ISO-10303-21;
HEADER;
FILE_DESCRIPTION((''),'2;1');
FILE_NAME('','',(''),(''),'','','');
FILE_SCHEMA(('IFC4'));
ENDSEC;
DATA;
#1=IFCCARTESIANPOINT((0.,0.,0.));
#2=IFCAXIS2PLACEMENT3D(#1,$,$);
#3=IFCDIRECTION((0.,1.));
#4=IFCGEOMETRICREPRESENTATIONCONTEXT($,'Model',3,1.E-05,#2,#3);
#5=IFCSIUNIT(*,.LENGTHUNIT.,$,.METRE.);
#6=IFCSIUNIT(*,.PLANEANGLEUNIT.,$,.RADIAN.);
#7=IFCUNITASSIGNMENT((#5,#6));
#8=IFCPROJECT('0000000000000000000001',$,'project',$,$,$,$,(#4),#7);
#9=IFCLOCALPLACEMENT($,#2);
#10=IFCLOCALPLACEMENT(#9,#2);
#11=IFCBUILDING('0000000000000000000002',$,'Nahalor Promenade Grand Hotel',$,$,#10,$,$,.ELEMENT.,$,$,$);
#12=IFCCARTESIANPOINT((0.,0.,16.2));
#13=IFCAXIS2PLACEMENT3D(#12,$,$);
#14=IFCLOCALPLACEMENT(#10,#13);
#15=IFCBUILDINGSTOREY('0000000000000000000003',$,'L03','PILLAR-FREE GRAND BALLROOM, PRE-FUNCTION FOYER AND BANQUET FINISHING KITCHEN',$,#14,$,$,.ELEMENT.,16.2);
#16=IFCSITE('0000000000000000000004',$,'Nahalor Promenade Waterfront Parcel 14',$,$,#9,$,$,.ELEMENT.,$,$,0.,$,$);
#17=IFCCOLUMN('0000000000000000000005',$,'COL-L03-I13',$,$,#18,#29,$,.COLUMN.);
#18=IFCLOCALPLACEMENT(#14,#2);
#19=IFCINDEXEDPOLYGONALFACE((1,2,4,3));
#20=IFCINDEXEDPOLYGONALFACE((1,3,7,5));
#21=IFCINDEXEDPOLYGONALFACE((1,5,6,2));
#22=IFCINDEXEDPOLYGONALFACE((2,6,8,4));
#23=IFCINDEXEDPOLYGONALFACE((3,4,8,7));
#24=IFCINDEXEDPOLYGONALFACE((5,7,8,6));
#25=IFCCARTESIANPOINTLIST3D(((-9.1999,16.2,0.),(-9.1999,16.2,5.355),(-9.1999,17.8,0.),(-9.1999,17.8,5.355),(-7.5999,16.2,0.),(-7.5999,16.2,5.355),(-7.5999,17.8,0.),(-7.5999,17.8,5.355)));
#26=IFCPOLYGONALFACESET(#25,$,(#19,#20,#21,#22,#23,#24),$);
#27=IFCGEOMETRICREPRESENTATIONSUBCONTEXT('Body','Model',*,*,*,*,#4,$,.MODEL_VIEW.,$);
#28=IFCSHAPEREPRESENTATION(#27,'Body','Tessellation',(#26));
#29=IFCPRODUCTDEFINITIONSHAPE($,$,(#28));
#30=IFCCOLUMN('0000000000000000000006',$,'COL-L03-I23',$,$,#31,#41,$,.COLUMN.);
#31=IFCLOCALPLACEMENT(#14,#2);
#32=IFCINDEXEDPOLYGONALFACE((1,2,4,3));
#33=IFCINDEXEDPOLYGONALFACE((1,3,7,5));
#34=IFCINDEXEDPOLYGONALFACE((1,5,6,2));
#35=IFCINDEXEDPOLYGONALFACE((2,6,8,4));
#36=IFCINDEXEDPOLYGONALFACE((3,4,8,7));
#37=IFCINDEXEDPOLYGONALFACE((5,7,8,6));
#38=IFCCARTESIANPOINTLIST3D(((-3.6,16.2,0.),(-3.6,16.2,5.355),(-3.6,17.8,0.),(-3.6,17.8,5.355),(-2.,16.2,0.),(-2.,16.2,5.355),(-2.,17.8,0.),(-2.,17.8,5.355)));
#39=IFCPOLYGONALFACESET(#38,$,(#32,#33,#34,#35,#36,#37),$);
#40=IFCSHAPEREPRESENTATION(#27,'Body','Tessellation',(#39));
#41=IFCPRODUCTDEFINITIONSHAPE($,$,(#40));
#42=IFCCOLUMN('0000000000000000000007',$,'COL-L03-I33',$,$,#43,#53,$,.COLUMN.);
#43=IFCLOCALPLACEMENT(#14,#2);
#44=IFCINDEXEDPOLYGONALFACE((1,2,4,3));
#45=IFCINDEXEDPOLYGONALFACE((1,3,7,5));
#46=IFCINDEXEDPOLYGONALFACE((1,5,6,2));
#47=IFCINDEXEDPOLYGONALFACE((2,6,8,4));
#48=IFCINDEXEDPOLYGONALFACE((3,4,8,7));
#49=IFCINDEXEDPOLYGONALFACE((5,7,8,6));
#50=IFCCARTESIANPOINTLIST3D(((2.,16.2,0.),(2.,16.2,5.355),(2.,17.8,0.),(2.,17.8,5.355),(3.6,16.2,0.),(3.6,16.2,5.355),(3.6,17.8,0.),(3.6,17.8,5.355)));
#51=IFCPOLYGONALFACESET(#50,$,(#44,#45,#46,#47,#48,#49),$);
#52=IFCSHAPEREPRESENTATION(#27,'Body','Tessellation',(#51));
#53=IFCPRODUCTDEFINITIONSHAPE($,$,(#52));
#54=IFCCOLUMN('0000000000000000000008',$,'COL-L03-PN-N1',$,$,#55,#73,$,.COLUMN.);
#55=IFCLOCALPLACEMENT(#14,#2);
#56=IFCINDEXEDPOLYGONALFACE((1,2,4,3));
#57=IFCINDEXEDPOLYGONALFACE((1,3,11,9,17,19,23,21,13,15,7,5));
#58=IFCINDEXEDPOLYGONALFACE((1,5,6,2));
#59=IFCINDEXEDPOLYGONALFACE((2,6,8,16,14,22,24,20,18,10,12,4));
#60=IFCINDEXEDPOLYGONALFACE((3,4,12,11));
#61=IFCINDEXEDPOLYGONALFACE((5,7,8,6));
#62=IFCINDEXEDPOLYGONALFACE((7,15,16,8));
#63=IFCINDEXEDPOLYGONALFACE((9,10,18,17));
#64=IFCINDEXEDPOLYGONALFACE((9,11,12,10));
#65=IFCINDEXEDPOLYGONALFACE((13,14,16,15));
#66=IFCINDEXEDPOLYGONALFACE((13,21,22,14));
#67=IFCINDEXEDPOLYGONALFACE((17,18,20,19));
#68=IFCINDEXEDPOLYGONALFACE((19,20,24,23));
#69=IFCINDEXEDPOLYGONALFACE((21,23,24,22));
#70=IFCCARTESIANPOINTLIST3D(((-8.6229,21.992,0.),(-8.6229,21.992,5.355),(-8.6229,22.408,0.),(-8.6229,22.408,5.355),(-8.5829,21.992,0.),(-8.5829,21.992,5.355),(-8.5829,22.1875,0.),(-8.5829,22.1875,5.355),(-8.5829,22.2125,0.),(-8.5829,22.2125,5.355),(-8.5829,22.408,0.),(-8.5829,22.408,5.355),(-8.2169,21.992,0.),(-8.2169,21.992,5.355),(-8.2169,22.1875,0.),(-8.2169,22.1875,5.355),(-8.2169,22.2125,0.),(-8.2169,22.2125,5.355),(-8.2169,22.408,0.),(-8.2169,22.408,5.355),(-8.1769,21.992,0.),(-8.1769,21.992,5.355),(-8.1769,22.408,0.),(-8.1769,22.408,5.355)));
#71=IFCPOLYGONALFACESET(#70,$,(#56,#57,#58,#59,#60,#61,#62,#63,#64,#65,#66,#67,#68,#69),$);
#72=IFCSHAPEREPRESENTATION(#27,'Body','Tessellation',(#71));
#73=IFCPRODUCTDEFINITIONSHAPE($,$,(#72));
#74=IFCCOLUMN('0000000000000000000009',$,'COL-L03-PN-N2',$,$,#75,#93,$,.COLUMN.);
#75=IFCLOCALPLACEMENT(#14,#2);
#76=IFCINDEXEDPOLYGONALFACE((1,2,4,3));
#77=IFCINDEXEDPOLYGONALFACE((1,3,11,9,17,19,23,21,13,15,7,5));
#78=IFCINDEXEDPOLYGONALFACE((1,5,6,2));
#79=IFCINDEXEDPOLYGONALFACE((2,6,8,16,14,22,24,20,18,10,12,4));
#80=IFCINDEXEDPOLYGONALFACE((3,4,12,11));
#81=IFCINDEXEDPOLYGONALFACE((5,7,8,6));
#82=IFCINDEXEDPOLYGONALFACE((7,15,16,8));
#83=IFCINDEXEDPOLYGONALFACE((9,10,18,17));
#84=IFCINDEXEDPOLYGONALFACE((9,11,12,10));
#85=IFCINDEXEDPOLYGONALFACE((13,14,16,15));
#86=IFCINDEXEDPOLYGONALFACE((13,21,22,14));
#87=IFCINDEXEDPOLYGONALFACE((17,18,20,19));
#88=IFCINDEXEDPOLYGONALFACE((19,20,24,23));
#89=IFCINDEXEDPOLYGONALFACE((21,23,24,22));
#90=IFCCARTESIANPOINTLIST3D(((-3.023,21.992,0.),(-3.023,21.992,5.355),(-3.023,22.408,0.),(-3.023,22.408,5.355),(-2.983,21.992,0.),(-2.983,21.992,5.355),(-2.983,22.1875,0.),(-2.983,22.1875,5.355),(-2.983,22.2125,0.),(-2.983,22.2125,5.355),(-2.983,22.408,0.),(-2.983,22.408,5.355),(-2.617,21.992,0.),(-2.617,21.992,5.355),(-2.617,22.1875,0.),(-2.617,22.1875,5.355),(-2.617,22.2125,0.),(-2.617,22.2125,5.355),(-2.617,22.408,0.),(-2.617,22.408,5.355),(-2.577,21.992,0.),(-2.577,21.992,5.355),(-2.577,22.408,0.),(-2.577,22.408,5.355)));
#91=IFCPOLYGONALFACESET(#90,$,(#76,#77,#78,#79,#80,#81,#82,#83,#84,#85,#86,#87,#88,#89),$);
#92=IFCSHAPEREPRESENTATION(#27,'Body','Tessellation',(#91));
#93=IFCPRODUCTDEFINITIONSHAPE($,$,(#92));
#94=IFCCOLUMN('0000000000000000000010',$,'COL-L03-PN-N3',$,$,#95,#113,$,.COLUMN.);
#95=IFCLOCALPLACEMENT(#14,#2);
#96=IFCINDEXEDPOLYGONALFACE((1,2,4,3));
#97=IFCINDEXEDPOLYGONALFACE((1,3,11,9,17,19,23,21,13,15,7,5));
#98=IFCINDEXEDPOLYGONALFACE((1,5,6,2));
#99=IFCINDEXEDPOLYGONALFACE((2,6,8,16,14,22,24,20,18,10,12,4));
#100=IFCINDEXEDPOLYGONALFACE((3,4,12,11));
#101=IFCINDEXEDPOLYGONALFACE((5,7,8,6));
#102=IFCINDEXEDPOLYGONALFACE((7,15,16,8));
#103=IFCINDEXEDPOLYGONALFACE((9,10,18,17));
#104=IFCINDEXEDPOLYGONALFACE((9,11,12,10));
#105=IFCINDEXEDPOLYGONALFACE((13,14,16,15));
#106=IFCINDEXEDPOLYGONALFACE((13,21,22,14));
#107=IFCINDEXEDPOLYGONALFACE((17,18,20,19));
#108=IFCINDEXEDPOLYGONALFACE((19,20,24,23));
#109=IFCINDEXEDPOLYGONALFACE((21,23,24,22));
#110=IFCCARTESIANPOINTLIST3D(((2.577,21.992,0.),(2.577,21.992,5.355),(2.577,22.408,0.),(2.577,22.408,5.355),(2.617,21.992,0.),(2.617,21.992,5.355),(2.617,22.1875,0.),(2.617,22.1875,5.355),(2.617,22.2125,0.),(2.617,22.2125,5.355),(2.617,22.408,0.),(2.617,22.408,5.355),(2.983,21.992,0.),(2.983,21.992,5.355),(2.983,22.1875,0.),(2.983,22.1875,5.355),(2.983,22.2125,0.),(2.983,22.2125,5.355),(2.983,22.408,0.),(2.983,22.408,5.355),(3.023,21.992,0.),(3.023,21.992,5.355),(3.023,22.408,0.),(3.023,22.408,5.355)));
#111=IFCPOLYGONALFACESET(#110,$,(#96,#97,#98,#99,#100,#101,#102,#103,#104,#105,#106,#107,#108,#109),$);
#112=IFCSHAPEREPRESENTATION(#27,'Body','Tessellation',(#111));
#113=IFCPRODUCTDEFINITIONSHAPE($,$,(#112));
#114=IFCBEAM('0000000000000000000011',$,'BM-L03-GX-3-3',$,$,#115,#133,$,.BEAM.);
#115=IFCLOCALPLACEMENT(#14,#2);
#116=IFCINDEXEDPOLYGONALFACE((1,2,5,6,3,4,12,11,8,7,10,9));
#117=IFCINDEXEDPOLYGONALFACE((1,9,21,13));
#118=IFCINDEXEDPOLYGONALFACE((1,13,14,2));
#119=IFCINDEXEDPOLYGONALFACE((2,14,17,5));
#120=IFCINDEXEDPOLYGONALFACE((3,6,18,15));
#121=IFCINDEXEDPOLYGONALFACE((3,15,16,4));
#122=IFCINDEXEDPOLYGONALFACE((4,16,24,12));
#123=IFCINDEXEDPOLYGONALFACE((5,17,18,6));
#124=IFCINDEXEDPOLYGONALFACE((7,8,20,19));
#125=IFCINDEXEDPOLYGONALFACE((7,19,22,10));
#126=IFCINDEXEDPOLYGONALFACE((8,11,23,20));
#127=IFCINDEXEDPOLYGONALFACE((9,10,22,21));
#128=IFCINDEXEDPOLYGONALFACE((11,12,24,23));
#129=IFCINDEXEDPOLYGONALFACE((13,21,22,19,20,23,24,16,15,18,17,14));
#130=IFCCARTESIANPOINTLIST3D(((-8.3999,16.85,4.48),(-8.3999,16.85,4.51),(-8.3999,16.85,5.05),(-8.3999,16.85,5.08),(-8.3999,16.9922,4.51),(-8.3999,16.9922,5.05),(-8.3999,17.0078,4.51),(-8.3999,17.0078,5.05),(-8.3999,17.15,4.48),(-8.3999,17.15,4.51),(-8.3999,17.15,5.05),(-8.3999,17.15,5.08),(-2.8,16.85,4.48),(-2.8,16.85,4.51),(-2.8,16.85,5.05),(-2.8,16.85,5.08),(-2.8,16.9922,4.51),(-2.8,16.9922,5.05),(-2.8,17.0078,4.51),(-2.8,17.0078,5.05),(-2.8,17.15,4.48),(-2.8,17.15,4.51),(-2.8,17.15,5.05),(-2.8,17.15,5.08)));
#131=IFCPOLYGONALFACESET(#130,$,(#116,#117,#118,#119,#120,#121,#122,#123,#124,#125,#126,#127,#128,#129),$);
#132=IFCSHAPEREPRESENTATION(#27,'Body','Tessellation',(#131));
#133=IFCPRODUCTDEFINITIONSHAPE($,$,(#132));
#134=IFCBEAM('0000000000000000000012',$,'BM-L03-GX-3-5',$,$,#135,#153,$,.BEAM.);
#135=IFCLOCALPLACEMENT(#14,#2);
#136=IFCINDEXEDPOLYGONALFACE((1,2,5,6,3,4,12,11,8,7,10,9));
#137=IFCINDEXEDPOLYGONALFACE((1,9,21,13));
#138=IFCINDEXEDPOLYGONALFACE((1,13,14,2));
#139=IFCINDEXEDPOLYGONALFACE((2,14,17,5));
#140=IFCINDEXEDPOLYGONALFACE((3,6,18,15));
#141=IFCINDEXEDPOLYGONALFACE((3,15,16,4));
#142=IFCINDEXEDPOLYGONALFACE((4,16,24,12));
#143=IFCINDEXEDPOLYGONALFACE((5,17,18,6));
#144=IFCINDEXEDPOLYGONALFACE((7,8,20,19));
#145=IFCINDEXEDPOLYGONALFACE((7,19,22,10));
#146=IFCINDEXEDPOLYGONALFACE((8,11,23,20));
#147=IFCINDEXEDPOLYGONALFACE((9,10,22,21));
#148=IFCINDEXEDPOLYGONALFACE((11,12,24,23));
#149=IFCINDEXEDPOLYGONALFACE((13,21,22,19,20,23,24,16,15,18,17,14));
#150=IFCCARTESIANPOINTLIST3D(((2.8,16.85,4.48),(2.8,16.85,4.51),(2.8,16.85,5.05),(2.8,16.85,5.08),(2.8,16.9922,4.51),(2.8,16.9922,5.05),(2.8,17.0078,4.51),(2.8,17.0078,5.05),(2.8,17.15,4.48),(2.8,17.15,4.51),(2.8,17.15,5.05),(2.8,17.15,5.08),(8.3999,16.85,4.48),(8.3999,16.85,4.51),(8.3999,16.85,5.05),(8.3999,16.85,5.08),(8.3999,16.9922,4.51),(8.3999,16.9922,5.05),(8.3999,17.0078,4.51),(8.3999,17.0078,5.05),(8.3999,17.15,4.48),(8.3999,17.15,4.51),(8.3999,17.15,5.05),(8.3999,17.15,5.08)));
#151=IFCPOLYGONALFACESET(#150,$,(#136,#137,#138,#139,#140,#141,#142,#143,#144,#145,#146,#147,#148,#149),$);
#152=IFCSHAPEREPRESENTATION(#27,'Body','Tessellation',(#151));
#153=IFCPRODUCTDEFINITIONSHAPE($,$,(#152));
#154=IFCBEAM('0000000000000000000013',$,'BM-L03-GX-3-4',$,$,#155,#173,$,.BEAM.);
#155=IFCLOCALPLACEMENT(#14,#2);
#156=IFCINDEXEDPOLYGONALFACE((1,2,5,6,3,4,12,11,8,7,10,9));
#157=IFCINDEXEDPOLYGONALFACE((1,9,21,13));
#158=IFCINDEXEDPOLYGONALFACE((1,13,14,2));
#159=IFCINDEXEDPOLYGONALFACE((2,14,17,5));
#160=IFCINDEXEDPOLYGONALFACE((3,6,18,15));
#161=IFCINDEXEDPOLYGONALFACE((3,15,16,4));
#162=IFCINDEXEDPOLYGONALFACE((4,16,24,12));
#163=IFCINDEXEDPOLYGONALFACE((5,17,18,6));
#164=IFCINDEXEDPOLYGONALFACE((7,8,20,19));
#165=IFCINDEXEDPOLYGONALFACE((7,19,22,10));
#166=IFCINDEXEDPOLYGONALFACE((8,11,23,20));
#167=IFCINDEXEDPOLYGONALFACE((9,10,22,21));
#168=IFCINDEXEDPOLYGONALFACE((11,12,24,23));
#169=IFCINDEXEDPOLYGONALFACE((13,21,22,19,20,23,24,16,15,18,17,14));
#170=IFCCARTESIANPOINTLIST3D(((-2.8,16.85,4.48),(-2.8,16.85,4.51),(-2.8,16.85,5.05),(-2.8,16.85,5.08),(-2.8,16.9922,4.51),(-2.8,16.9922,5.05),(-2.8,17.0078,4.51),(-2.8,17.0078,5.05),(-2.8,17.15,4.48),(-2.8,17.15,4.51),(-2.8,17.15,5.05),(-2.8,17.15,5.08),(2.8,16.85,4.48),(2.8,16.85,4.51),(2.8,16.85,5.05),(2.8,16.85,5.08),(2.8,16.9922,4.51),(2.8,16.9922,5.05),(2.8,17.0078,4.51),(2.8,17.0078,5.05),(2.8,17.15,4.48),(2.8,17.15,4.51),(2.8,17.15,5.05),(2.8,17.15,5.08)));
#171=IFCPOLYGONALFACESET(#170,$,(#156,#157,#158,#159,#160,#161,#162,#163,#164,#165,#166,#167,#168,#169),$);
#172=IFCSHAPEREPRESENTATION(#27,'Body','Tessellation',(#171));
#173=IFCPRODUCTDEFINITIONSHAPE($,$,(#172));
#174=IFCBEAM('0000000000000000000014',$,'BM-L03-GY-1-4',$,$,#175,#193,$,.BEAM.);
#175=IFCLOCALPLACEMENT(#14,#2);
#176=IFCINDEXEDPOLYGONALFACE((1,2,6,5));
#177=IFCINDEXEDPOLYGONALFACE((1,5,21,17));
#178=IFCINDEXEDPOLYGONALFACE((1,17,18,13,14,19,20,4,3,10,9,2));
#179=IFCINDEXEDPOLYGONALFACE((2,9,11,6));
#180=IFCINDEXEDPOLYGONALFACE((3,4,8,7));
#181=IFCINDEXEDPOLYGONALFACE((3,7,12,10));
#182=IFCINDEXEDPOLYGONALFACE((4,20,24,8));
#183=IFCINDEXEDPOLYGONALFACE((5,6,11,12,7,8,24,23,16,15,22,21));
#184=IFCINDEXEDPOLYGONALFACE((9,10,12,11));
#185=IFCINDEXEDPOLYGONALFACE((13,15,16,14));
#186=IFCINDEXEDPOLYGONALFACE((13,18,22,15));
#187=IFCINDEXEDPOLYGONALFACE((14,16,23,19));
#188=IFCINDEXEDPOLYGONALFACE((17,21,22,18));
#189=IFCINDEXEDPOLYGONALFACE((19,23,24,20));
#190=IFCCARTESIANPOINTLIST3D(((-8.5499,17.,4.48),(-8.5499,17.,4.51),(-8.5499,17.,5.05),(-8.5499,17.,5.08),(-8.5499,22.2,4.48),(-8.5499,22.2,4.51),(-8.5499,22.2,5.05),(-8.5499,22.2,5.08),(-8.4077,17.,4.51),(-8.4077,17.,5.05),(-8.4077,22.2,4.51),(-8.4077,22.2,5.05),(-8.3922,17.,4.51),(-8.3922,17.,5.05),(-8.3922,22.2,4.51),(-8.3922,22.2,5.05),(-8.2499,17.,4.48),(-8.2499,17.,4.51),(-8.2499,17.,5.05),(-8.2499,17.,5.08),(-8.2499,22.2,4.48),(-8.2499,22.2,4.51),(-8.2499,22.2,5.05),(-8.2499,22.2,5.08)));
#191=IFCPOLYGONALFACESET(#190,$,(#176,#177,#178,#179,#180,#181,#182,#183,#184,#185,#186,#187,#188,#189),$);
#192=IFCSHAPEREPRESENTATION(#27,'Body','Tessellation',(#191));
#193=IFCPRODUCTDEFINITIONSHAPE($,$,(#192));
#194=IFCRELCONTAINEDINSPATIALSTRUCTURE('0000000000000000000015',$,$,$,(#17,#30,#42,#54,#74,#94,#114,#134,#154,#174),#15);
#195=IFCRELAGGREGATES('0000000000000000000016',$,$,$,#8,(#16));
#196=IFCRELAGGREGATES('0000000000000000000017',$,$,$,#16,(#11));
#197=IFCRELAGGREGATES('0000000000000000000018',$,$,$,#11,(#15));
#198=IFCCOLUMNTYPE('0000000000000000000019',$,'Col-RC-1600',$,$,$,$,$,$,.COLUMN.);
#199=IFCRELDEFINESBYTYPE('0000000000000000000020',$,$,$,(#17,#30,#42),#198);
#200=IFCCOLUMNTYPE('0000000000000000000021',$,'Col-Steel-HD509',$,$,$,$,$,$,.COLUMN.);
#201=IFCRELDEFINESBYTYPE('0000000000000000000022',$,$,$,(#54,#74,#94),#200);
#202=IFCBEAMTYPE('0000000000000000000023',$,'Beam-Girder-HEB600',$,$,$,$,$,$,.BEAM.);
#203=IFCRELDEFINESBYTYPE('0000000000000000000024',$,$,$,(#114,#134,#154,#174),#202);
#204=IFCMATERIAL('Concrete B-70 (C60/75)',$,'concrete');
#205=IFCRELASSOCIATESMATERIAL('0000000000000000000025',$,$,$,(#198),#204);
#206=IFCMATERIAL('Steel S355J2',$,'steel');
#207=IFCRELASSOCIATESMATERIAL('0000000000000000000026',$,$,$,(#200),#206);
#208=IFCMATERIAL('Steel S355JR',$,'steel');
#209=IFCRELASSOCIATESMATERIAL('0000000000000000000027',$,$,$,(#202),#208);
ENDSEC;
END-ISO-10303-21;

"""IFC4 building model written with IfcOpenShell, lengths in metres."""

from ifc_helpers import new_model, si_unit, direction, frame, origin, origin_2d, place, context, subcontext, project, spatial, rectangle, i_section, extrude, source, transform, mapped, material, material_profile, profile_set, type_object, element, save


model = new_model("IFC4")

# Units and contexts
model_context = context("Model", 3, precision=1e-05, world=origin(), true_north=direction((0.0, 1.0)))
body_context = subcontext(model_context, "Body", "Model", "MODEL_VIEW")
ifc_project = project(units=[si_unit("LENGTHUNIT", "METRE"), si_unit("PLANEANGLEUNIT", "RADIAN")], contexts=[model_context])

# Site, building, storey
site_placement = place(None, origin())
site = spatial("IfcSite", under=ifc_project, at=site_placement, Name="Nahalor Promenade Waterfront Parcel 14", CompositionType="ELEMENT", RefElevation=0.0)
building_placement = place(site_placement, origin())
building = spatial("IfcBuilding", under=site, at=building_placement, Name="Nahalor Promenade Grand Hotel", CompositionType="ELEMENT")
storey_placement = place(building_placement, frame((0.0, 0.0, 16.2)))
storey = spatial("IfcBuildingStorey", under=building, at=storey_placement, Name="L03", Description="PILLAR-FREE GRAND BALLROOM, PRE-FUNCTION FOYER AND BANQUET FINISHING KITCHEN", CompositionType="ELEMENT", Elevation=16.2)

# Columns
ifc_material_1 = material(Name="Concrete B-70 (C60/75)", Category="concrete")
ifc_material_profile_1 = material_profile(ifc_material_1, rectangle(XDim=1.6, YDim=1.6, at=origin_2d()), Name="RC 1600x1600")
ifc_profile_set_1 = profile_set([ifc_material_profile_1], Name="Concrete B-70 (C60/75)")
column_type_1 = type_object("IfcColumnType", Name="Col-RC-1600", PredefinedType="COLUMN", material=ifc_profile_set_1)
shared_shape_1 = source(origin(), body_context, "Body", "SweptSolid", [
    extrude(rectangle(XDim=1.6, YDim=1.6, at=origin_2d()), origin(), (0.0, 0.0, 1.0), 5.355),
])
for number, where, z_axis, x_axis, name in (
    (1, (-8.3999, 17.0, 0.0), (0.0, 0.0, 1.0), (1.0, 0.0, 0.0), "COL-L03-I13"),
    (2, (-2.8, 17.0, 0.0), (0.0, 0.0, 1.0), (1.0, 0.0, 0.0), "COL-L03-I23"),
    (3, (2.8, 17.0, 0.0), (0.0, 0.0, 1.0), (1.0, 0.0, 0.0), "COL-L03-I33"),
):
    element("IfcColumn", number, at=place(storey_placement, frame(where, z_axis=z_axis, x_axis=x_axis)), inside=storey, type_object=column_type_1, Name=name, PredefinedType="COLUMN", context=body_context, shape_type="MappedRepresentation", body=[
        mapped(shared_shape_1, transform((0.0, 0.0, 0.0), scale=1.0)),
    ])
ifc_material_2 = material(Name="Steel S355J2", Category="steel")
ifc_material_profile_2 = material_profile(ifc_material_2, i_section(OverallWidth=0.416, OverallDepth=0.446, WebThickness=0.025, FlangeThickness=0.04, at=origin_2d()), Name="HD 400x509")
ifc_profile_set_2 = profile_set([ifc_material_profile_2], Name="Steel S355J2")
column_type_2 = type_object("IfcColumnType", Name="Col-Steel-HD509", PredefinedType="COLUMN", material=ifc_profile_set_2)
shared_shape_2 = source(origin(), body_context, "Body", "SweptSolid", [
    extrude(i_section(OverallWidth=0.416, OverallDepth=0.446, WebThickness=0.025, FlangeThickness=0.04, at=origin_2d()), origin(), (0.0, 0.0, 1.0), 5.355),
])
for number, where, z_axis, x_axis, name in (
    (4, (-8.3999, 22.2, 0.0), (0.0, 0.0, 1.0), (0.0, 1.0, 0.0), "COL-L03-PN-N1"),
    (5, (-2.8, 22.2, 0.0), (0.0, 0.0, 1.0), (0.0, 1.0, 0.0), "COL-L03-PN-N2"),
    (6, (2.8, 22.2, 0.0), (0.0, 0.0, 1.0), (0.0, 1.0, 0.0), "COL-L03-PN-N3"),
):
    element("IfcColumn", number, at=place(storey_placement, frame(where, z_axis=z_axis, x_axis=x_axis)), inside=storey, type_object=column_type_2, Name=name, PredefinedType="COLUMN", context=body_context, shape_type="MappedRepresentation", body=[
        mapped(shared_shape_2, transform((0.0, 0.0, 0.0), scale=1.0)),
    ])

# Beams
ifc_material_3 = material(Name="Steel S355JR", Category="steel")
ifc_material_profile_3 = material_profile(ifc_material_3, i_section(OverallWidth=0.3, OverallDepth=0.6, WebThickness=0.0155, FlangeThickness=0.03, at=origin_2d()), Name="HEB 600")
ifc_profile_set_3 = profile_set([ifc_material_profile_3], Name="Steel S355JR")
beam_type_1 = type_object("IfcBeamType", Name="Beam-Girder-HEB600", PredefinedType="BEAM", material=ifc_profile_set_3)
shared_shape_3 = source(origin(), body_context, "Body", "SweptSolid", [
    extrude(i_section(OverallWidth=0.3, OverallDepth=0.6, WebThickness=0.0155, FlangeThickness=0.03, at=origin_2d()), origin(), (0.0, 0.0, 1.0), 5.5999),
])
for number, where, z_axis, x_axis, name in (
    (7, (-8.3999, 17.0, 4.78), (1.0, 0.0, 0.0), (0.0, 1.0, 0.0), "BM-L03-GX-3-3"),
    (8, (2.8, 17.0, 4.78), (1.0, 0.0, 0.0), (0.0, 1.0, 0.0), "BM-L03-GX-3-5"),
):
    element("IfcBeam", number, at=place(storey_placement, frame(where, z_axis=z_axis, x_axis=x_axis)), inside=storey, type_object=beam_type_1, Name=name, PredefinedType="BEAM", context=body_context, shape_type="MappedRepresentation", body=[
        mapped(shared_shape_3, transform((0.0, 0.0, 0.0), scale=1.0)),
    ])
shared_shape_4 = source(origin(), body_context, "Body", "SweptSolid", [
    extrude(i_section(OverallWidth=0.3, OverallDepth=0.6, WebThickness=0.0155, FlangeThickness=0.03, at=origin_2d()), origin(), (0.0, 0.0, 1.0), 5.6001),
])
beam_1_placement = place(storey_placement, frame((-2.8, 17.0, 4.78), z_axis=(1.0, 0.0, 0.0), x_axis=(0.0, 1.0, 0.0)))
element("IfcBeam", 9, at=beam_1_placement, inside=storey, type_object=beam_type_1, Name="BM-L03-GX-3-4", PredefinedType="BEAM", context=body_context, shape_type="MappedRepresentation", body=[
    mapped(shared_shape_4, transform((0.0, 0.0, 0.0), scale=1.0)),
])
shared_shape_5 = source(origin(), body_context, "Body", "SweptSolid", [
    extrude(i_section(OverallWidth=0.3, OverallDepth=0.6, WebThickness=0.0155, FlangeThickness=0.03, at=origin_2d()), origin(), (0.0, 0.0, 1.0), 5.2),
])
for number, where, z_axis, x_axis, name in (
    (10, (-8.3999, 17.0, 4.78), (0.0, 1.0, 0.0), (-1.0, 0.0, 0.0), "BM-L03-GY-1-4"),
):
    element("IfcBeam", number, at=place(storey_placement, frame(where, z_axis=z_axis, x_axis=x_axis)), inside=storey, type_object=beam_type_1, Name=name, PredefinedType="BEAM", context=body_context, shape_type="MappedRepresentation", body=[
        mapped(shared_shape_5, transform((0.0, 0.0, 0.0), scale=1.0)),
    ])

save(model, "model.ifc")
